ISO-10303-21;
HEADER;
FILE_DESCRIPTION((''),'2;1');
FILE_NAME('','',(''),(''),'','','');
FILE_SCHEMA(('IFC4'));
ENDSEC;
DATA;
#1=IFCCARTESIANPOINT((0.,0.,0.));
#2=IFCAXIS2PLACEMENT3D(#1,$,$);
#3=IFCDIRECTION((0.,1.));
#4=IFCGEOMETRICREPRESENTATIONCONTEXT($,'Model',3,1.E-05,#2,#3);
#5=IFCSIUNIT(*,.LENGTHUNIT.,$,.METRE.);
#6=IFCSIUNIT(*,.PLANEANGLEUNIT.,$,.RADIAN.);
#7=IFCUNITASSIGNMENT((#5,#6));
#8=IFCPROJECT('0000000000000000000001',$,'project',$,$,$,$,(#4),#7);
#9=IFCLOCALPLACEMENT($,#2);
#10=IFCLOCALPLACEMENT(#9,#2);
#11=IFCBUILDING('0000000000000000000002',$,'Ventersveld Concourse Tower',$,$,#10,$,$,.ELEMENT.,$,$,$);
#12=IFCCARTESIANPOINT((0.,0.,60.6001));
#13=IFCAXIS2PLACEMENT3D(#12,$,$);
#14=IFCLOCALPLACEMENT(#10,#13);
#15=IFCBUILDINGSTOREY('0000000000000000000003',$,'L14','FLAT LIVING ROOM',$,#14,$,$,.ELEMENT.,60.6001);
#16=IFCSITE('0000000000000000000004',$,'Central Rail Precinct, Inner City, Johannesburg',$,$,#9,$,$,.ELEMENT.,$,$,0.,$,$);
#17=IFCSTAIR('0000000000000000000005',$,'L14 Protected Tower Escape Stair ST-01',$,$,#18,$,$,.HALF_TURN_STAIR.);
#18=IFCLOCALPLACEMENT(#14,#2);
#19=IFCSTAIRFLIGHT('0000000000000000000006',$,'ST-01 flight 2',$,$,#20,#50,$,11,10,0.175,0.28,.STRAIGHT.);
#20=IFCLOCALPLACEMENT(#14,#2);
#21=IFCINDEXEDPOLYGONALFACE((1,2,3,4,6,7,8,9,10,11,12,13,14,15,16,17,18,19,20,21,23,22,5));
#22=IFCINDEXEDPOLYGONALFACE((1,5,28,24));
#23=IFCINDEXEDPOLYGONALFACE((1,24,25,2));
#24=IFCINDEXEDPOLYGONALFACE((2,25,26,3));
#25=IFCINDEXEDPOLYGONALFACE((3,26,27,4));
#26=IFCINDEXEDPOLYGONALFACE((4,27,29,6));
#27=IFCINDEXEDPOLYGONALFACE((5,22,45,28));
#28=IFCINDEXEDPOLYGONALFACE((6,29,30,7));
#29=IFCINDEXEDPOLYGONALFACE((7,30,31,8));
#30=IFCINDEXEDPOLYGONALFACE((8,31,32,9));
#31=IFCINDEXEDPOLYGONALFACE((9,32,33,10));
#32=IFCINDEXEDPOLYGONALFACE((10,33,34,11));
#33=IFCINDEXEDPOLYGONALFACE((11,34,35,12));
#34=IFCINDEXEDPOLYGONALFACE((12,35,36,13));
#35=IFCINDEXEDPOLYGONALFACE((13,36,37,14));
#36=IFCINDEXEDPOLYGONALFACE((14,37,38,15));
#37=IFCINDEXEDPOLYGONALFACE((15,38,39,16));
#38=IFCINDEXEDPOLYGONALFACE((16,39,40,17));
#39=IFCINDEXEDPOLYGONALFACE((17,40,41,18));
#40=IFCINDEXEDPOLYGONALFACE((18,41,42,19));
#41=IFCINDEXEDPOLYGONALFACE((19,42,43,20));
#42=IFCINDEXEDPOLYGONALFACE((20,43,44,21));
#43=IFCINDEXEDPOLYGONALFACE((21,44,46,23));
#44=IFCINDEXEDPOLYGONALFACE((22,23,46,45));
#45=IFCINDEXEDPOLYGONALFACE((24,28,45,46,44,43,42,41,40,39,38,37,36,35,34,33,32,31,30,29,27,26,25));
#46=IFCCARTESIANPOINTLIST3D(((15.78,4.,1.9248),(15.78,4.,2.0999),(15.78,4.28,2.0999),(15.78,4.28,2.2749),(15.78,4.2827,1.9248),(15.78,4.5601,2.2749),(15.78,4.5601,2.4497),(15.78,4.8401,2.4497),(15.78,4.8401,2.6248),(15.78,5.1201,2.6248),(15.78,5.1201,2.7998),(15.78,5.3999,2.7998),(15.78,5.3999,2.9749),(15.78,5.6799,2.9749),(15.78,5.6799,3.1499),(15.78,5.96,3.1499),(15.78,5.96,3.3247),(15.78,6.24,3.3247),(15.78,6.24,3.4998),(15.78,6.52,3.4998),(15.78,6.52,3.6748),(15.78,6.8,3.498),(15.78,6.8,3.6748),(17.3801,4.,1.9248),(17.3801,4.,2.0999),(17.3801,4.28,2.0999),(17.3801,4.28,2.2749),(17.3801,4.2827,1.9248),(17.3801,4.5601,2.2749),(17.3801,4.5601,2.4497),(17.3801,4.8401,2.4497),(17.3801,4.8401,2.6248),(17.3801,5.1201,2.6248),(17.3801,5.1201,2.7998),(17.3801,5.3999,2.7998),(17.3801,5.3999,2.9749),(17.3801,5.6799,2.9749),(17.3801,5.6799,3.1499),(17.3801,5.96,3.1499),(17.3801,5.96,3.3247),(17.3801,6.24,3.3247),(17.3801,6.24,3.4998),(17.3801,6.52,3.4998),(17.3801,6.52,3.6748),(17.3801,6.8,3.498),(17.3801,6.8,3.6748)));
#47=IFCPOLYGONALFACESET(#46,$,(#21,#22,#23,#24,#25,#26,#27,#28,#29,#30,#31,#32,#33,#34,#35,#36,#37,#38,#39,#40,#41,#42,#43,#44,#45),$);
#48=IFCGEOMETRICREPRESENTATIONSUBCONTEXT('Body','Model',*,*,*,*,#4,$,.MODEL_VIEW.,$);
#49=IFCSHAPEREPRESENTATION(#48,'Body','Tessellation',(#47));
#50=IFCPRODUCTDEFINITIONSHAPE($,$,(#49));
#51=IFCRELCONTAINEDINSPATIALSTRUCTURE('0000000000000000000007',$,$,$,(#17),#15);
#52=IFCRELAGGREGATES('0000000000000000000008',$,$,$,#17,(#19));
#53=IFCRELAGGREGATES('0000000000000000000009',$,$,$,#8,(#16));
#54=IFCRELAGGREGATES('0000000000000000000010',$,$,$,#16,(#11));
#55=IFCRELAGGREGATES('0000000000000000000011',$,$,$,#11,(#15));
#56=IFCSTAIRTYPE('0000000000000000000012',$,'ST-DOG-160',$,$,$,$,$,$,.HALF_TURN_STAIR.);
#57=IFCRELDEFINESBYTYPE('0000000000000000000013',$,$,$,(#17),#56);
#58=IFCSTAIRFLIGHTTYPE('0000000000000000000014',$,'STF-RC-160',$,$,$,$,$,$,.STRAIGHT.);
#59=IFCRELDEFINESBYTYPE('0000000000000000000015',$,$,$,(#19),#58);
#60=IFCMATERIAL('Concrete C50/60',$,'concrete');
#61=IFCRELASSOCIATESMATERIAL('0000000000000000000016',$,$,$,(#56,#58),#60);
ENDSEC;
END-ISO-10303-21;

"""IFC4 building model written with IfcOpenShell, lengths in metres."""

from ifc_helpers import new_model, si_unit, direction, frame, origin, place, context, subcontext, project, spatial, polyline, outline, extrude, material, type_object, element, aggregate, save


model = new_model("IFC4")

# Units and contexts
model_context = context("Model", 3, precision=1e-05, world=origin(), true_north=direction((0.0, 1.0)))
body_context = subcontext(model_context, "Body", "Model", "MODEL_VIEW")
ifc_project = project(units=[si_unit("LENGTHUNIT", "METRE"), si_unit("PLANEANGLEUNIT", "RADIAN")], contexts=[model_context])

# Site, building, storey
site_placement = place(None, origin())
site = spatial("IfcSite", under=ifc_project, at=site_placement, Name="Central Rail Precinct, Inner City, Johannesburg", CompositionType="ELEMENT", RefElevation=0.0)
building_placement = place(site_placement, origin())
building = spatial("IfcBuilding", under=site, at=building_placement, Name="Ventersveld Concourse Tower", CompositionType="ELEMENT")
storey_placement = place(building_placement, frame((0.0, 0.0, 60.6001)))
storey = spatial("IfcBuildingStorey", under=building, at=storey_placement, Name="L14", Description="FLAT LIVING ROOM", CompositionType="ELEMENT", Elevation=60.6001)

# Shared definitions
ifc_material_1 = material(Name="Concrete C50/60", Category="concrete")

# Stair, stair flight
stair_type = type_object("IfcStairType", Name="ST-DOG-160", PredefinedType="HALF_TURN_STAIR", material=ifc_material_1)
stair_placement = place(storey_placement, origin())
stair = element("IfcStair", 1, at=stair_placement, inside=storey, type_object=stair_type, Name="L14 Protected Tower Escape Stair ST-01", PredefinedType="HALF_TURN_STAIR")
stair_flight_type = type_object("IfcStairFlightType", Name="STF-RC-160", PredefinedType="STRAIGHT", material=ifc_material_1)
stair_flight_placement = place(storey_placement, frame((16.5801, 4.0, 1.9248), z_axis=(0.0, 0.0, 1.0), x_axis=(0.0, 1.0, 0.0)))
stair_flight = element("IfcStairFlight", 2, at=stair_flight_placement, type_object=stair_flight_type, Name="ST-01 flight 2", NumberOfRisers=11, NumberOfTreads=10, PredefinedType="STRAIGHT", RiserHeight=0.175, TreadLength=0.28, context=body_context, shape_type="SweptSolid", body=[
    extrude(outline(polyline([(0.0, 0.0), (0.0, 0.175), (0.28, 0.175), (0.28, 0.3501), (0.5601, 0.3501), (0.5601, 0.5249), (0.8401, 0.5249), (0.8401, 0.7), (1.1201, 0.7), (1.1201, 0.875), (1.3999, 0.875), (1.3999, 1.05), (1.6799, 1.05), (1.6799, 1.2251), (1.96, 1.2251), (1.96, 1.3999), (2.24, 1.3999), (2.24, 1.575), (2.52, 1.575), (2.52, 1.75), (2.8, 1.75), (2.8, 1.925), (2.8, 1.5732), (0.2827, 0.0), (0.0, 0.0)])), frame((0.0, 0.8, 0.0), z_axis=(0.0, -1.0, 0.0), x_axis=(1.0, 0.0, 0.0)), (0.0, 0.0, 1.0), 1.6001),
])
aggregate(stair, [stair_flight])

save(model, "model.ifc")
